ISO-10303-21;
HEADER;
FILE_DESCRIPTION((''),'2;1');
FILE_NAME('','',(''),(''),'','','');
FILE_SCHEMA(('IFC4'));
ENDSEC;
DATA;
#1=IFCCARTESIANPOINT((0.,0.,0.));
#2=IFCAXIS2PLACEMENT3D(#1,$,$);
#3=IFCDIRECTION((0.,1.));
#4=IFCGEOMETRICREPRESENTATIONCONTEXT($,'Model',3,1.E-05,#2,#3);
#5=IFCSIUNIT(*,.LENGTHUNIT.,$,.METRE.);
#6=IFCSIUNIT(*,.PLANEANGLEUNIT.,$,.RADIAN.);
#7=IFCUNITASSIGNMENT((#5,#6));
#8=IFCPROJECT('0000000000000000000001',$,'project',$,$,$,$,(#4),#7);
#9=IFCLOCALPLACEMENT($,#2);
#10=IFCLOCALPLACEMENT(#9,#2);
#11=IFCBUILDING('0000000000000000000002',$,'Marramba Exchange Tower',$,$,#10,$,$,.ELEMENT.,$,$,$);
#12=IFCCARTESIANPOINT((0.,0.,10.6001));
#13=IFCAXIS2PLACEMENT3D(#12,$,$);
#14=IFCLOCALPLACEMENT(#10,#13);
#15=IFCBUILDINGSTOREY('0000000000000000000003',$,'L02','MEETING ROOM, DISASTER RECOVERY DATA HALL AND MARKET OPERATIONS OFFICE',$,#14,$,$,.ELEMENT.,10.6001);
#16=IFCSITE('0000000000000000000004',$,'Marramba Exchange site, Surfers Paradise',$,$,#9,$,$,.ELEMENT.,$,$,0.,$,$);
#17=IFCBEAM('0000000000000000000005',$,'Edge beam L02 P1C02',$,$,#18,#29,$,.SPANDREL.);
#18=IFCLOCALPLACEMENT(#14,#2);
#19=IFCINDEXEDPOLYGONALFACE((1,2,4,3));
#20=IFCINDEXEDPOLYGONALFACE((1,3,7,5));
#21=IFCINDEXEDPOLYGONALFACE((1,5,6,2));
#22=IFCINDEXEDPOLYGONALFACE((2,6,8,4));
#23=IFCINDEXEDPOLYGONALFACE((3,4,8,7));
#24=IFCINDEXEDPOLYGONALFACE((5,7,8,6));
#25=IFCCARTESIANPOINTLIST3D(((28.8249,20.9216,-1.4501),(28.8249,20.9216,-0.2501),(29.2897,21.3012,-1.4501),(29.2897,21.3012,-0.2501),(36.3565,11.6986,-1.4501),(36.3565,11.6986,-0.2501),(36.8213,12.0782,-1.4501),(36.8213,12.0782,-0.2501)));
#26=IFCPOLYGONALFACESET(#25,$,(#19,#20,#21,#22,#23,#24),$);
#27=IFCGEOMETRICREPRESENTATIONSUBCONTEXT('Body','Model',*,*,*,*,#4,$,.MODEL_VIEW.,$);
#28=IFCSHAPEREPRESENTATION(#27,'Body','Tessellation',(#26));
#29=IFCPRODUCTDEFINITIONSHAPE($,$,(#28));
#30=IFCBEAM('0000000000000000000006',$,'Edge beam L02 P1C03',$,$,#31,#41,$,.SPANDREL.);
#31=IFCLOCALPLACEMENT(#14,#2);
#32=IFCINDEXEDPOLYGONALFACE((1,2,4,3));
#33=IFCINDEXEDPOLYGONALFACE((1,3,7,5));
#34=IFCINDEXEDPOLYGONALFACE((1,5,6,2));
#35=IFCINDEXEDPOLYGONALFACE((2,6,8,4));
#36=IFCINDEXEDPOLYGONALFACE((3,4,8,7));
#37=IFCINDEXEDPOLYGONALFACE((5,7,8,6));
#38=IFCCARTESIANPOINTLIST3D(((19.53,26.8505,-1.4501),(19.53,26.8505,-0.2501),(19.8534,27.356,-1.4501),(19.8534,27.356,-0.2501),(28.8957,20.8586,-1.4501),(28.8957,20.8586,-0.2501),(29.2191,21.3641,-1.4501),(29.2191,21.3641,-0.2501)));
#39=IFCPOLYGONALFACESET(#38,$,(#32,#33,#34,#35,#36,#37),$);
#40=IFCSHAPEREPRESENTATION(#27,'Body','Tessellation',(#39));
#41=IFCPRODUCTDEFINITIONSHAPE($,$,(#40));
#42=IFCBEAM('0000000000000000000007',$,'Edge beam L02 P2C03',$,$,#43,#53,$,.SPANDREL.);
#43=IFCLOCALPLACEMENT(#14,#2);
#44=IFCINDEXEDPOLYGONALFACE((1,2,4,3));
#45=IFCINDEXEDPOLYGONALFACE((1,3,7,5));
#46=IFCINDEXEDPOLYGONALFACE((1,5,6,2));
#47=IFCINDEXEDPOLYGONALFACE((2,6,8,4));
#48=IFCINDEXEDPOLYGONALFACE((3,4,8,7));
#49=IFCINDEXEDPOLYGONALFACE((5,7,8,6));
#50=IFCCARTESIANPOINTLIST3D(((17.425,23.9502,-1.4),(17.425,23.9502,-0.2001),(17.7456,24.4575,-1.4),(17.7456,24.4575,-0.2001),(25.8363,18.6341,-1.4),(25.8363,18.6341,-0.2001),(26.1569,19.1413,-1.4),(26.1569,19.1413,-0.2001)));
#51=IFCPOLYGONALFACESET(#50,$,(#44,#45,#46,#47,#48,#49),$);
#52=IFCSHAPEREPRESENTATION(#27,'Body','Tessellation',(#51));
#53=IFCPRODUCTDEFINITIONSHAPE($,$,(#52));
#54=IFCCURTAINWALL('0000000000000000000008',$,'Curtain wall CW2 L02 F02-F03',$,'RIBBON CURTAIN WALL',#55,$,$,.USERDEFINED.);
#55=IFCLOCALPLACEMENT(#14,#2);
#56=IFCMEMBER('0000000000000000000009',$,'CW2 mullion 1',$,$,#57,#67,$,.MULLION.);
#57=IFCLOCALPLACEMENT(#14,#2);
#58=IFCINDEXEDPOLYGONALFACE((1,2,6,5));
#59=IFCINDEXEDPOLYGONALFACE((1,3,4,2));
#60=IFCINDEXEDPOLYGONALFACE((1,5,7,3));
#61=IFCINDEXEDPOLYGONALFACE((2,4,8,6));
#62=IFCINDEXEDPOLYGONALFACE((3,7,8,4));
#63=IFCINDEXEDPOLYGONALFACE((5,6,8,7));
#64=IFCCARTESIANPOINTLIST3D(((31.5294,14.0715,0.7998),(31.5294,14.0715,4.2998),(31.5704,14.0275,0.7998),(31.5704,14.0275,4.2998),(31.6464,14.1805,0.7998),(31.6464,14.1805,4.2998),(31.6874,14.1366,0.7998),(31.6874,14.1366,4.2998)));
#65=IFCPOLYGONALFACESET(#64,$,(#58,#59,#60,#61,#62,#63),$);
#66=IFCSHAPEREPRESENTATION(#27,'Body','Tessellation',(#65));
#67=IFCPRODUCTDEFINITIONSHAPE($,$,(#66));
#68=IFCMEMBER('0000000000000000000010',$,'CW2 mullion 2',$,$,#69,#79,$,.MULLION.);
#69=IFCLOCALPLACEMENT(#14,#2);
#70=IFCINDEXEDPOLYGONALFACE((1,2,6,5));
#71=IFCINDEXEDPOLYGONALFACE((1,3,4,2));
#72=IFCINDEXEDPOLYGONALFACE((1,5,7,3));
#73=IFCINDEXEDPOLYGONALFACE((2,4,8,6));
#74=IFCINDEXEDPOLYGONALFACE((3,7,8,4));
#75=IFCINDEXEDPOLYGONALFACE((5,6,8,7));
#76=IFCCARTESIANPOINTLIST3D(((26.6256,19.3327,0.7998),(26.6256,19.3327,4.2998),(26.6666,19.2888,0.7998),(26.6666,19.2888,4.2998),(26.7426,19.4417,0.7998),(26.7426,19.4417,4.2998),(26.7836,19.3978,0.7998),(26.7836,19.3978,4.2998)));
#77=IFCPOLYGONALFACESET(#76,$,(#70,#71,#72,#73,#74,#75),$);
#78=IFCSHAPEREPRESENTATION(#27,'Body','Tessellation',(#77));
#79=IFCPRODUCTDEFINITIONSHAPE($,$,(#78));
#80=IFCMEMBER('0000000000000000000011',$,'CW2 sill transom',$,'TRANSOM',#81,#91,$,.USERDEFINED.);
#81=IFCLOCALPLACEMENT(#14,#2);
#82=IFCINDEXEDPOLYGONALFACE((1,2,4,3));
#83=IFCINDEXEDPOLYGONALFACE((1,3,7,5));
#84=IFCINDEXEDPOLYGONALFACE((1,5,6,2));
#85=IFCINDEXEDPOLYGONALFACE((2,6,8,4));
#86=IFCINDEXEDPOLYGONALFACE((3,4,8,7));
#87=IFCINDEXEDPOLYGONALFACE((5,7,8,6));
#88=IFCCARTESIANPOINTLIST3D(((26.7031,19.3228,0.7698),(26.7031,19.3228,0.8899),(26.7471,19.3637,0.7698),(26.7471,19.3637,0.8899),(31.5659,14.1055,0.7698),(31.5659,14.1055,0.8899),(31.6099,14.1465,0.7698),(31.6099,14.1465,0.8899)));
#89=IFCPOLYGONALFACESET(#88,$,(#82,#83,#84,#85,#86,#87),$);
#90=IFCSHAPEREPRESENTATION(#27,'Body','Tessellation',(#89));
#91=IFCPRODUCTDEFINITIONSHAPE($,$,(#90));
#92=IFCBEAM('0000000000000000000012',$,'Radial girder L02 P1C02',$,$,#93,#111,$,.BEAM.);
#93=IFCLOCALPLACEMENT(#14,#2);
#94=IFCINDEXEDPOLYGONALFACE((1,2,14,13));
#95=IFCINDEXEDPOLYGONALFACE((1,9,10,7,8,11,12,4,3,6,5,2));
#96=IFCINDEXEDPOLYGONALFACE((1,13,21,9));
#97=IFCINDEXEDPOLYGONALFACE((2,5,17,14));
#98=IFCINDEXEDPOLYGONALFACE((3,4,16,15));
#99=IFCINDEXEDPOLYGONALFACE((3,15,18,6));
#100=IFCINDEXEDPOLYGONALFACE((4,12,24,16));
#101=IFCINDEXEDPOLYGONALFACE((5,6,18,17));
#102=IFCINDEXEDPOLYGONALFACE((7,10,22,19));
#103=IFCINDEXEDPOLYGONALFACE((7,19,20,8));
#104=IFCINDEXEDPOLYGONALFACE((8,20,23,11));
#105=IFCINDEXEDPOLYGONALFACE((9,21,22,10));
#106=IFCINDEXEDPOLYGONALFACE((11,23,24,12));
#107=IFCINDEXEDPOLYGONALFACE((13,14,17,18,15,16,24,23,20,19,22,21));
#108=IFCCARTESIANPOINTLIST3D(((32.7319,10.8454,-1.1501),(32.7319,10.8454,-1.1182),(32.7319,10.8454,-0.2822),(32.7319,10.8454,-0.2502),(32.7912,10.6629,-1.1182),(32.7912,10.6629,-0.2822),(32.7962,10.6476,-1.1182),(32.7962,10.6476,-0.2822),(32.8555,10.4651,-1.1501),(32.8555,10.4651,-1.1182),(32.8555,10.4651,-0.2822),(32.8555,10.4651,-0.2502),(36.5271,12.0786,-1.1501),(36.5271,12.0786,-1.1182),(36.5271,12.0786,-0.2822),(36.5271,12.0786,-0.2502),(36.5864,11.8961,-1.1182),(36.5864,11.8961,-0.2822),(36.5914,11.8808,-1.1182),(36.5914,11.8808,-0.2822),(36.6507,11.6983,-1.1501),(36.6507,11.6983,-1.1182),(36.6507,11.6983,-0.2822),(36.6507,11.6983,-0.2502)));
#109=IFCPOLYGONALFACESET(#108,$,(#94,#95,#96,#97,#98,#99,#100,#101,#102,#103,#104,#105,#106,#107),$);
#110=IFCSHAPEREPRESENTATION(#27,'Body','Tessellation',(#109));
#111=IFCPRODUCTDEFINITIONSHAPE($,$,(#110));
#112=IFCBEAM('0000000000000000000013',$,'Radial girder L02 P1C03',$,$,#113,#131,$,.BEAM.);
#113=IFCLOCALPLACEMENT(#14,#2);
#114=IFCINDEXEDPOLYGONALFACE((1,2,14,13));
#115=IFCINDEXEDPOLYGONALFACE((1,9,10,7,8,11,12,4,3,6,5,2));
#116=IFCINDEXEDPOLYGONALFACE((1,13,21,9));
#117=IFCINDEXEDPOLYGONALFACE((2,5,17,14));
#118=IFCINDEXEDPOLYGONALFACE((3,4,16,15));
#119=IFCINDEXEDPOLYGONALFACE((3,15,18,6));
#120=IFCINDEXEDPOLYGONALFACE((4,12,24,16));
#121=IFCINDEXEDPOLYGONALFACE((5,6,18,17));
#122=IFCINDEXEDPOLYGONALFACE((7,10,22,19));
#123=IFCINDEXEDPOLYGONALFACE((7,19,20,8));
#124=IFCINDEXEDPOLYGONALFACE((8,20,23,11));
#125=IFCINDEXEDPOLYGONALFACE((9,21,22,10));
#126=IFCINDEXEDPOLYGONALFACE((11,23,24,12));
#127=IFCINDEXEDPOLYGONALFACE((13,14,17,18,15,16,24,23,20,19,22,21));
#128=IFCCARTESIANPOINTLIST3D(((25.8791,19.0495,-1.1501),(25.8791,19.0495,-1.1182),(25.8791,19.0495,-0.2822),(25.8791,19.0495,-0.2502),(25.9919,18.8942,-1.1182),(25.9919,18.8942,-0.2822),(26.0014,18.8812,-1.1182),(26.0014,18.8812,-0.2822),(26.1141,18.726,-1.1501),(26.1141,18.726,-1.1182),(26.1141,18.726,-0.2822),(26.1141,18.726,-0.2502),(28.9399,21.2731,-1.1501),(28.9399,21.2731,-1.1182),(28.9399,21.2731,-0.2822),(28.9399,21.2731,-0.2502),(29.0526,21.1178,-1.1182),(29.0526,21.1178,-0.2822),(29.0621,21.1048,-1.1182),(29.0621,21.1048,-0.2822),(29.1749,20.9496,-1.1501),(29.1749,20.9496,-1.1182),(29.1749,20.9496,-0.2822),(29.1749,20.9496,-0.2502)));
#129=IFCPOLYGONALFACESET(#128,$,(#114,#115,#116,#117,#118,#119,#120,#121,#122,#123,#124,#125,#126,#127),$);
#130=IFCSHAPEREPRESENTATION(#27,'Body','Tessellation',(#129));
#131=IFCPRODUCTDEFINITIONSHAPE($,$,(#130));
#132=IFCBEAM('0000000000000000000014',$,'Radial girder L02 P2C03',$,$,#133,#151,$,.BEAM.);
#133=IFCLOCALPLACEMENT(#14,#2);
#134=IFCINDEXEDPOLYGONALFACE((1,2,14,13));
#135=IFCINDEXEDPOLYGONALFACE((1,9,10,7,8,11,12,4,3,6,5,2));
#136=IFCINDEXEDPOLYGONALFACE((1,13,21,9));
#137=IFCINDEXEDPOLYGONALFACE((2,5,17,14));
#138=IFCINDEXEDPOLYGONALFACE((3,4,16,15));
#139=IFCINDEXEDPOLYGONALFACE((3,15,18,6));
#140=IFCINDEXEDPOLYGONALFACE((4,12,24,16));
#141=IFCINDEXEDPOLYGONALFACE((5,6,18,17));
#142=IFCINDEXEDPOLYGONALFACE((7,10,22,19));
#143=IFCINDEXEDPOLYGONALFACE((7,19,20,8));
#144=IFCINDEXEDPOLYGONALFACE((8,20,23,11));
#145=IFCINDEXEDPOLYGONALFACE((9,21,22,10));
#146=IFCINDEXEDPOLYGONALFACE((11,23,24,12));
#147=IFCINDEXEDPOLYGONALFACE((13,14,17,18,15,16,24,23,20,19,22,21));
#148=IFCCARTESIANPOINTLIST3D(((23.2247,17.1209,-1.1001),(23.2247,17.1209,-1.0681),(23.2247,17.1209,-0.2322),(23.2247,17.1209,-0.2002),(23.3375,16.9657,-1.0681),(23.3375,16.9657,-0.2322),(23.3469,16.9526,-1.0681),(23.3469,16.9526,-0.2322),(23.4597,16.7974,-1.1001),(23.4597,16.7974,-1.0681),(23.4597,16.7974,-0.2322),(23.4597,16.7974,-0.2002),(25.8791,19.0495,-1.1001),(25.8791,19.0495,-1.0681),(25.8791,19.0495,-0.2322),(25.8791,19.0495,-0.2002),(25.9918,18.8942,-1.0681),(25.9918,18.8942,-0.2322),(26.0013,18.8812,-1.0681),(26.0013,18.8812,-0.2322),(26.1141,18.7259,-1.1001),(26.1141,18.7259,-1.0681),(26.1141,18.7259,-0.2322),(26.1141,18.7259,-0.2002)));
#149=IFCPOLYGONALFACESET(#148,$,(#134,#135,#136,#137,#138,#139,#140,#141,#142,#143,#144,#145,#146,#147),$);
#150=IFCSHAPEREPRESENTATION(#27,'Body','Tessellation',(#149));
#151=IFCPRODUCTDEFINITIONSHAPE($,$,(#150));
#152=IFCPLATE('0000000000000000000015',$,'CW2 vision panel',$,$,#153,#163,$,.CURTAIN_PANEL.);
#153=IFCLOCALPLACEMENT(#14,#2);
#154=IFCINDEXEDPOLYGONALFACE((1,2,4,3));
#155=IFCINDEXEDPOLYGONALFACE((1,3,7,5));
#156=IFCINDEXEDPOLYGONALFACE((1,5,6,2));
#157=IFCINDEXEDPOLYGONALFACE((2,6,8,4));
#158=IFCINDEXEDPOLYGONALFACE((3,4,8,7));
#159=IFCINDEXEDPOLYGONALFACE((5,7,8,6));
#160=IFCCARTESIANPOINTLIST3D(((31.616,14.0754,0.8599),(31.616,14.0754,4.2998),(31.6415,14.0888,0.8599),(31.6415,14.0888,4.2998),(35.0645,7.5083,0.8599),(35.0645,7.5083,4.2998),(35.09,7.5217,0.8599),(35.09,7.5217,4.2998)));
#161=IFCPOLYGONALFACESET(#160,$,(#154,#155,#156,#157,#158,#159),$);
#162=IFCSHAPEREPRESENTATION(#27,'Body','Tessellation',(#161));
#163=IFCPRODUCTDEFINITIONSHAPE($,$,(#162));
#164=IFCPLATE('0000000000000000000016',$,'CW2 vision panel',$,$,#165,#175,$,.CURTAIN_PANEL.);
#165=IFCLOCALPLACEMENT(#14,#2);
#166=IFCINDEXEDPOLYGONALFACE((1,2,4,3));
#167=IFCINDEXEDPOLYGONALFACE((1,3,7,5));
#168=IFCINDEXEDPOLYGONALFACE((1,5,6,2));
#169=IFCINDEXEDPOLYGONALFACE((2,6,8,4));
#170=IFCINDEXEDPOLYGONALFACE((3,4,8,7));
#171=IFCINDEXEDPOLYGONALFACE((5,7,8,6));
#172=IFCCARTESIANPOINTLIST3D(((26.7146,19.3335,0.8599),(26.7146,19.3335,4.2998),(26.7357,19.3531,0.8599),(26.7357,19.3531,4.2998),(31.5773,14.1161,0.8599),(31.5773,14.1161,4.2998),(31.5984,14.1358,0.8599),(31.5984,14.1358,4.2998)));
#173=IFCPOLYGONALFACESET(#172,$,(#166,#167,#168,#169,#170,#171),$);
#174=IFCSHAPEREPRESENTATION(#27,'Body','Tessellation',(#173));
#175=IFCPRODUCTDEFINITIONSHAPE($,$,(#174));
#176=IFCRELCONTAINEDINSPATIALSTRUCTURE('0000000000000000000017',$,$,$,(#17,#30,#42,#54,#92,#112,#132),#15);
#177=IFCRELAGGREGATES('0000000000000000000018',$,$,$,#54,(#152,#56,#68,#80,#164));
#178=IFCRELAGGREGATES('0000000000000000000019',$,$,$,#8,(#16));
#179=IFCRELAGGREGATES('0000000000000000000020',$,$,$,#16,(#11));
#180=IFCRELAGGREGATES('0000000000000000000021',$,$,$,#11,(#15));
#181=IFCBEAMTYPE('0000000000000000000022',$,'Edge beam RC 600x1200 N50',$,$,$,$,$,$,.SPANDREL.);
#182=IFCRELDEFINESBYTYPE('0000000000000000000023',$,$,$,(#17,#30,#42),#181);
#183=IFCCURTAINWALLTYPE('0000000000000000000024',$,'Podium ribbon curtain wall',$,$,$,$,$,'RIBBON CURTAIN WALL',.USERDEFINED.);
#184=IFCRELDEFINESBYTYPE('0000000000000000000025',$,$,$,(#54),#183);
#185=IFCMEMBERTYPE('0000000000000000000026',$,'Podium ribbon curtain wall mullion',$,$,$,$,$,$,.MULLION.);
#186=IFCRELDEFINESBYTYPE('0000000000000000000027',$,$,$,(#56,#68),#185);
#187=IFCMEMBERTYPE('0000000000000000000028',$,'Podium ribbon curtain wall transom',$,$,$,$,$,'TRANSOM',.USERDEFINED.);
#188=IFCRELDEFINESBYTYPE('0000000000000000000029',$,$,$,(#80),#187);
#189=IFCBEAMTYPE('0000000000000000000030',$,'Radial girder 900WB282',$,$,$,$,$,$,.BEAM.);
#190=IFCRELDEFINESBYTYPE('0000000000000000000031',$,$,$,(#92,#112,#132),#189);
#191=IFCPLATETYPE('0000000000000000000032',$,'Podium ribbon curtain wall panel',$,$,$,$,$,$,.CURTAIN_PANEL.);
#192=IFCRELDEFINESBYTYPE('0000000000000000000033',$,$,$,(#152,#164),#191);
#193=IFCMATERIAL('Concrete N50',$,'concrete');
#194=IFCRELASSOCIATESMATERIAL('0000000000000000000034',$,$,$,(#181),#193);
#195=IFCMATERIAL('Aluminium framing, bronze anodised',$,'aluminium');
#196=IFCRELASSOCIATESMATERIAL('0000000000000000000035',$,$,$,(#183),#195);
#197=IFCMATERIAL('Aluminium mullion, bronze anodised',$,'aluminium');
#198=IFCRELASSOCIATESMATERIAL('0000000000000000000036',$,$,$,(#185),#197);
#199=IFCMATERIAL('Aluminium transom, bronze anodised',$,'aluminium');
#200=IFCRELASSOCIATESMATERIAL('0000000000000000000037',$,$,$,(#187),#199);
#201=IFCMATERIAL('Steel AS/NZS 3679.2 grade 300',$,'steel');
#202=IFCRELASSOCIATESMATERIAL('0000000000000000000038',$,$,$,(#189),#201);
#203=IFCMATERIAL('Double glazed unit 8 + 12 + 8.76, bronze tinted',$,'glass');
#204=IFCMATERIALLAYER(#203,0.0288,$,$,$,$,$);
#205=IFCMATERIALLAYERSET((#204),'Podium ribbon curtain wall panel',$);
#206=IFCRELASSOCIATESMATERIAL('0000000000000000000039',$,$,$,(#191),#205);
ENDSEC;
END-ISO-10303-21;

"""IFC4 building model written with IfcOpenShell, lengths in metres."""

from ifc_helpers import new_model, si_unit, direction, frame, origin, origin_2d, place, context, subcontext, project, spatial, rectangle, i_section, extrude, material, layer, layer_set, material_profile, profile_set, type_object, element, aggregate, save


model = new_model("IFC4")

# Units and contexts
model_context = context("Model", 3, precision=1e-05, world=origin(), true_north=direction((0.0, 1.0)))
body_context = subcontext(model_context, "Body", "Model", "MODEL_VIEW")
ifc_project = project(units=[si_unit("LENGTHUNIT", "METRE"), si_unit("PLANEANGLEUNIT", "RADIAN")], contexts=[model_context])

# Site, building, storey
site_placement = place(None, origin())
site = spatial("IfcSite", under=ifc_project, at=site_placement, Name="Marramba Exchange site, Surfers Paradise", CompositionType="ELEMENT", RefElevation=0.0)
building_placement = place(site_placement, origin())
building = spatial("IfcBuilding", under=site, at=building_placement, Name="Marramba Exchange Tower", CompositionType="ELEMENT")
storey_placement = place(building_placement, frame((0.0, 0.0, 10.6001)))
storey = spatial("IfcBuildingStorey", under=building, at=storey_placement, Name="L02", Description="MEETING ROOM, DISASTER RECOVERY DATA HALL AND MARKET OPERATIONS OFFICE", CompositionType="ELEMENT", Elevation=10.6001)

# Beams
ifc_material_1 = material(Name="Concrete N50", Category="concrete")
ifc_material_profile_1 = material_profile(ifc_material_1, rectangle(XDim=0.6001, YDim=1.2, at=origin_2d()), Name="RC 600x1200")
ifc_profile_set_1 = profile_set([ifc_material_profile_1], Name="Concrete N50")
beam_type_1 = type_object("IfcBeamType", Name="Edge beam RC 600x1200 N50", PredefinedType="SPANDREL", material=ifc_profile_set_1)
beam_1_placement = place(storey_placement, frame((36.5889, 11.8884, -0.8501), z_axis=(-0.632507, 0.774554, 0.0), x_axis=(-0.774554, -0.632507, 0.0)))
element("IfcBeam", 1, at=beam_1_placement, inside=storey, type_object=beam_type_1, Name="Edge beam L02 P1C02", PredefinedType="SPANDREL", context=body_context, shape_type="SweptSolid", body=[
    extrude(rectangle(XDim=0.6001, YDim=1.2, at=origin_2d()), origin(), (0.0, 0.0, 1.0), 11.9075),
])
beam_2_placement = place(storey_placement, frame((29.0574, 21.1113, -0.8501), z_axis=(-0.842358, 0.538918, 0.0), x_axis=(-0.538918, -0.842358, 0.0)))
element("IfcBeam", 2, at=beam_2_placement, inside=storey, type_object=beam_type_1, Name="Edge beam L02 P1C03", PredefinedType="SPANDREL", context=body_context, shape_type="SweptSolid", body=[
    extrude(rectangle(XDim=0.6001, YDim=1.2, at=origin_2d()), origin(), (0.0, 0.0, 1.0), 11.1184),
])
beam_3_placement = place(storey_placement, frame((25.9966, 18.8877, -0.8), z_axis=(-0.84532, 0.53426, 0.0), x_axis=(-0.53426, -0.84532, 0.0)))
element("IfcBeam", 3, at=beam_3_placement, inside=storey, type_object=beam_type_1, Name="Edge beam L02 P2C03", PredefinedType="SPANDREL", context=body_context, shape_type="SweptSolid", body=[
    extrude(rectangle(XDim=0.6001, YDim=1.2, at=origin_2d()), origin(), (0.0, 0.0, 1.0), 9.9504),
])

# Curtain wall, members
ifc_material_2 = material(Name="Aluminium framing, bronze anodised", Category="aluminium")
curtain_wall_type = type_object("IfcCurtainWallType", Name="Podium ribbon curtain wall", ElementType="RIBBON CURTAIN WALL", PredefinedType="USERDEFINED", material=ifc_material_2)
curtain_wall_placement = place(storey_placement, origin())
curtain_wall = element("IfcCurtainWall", 4, at=curtain_wall_placement, inside=storey, type_object=curtain_wall_type, Name="Curtain wall CW2 L02 F02-F03", ObjectType="RIBBON CURTAIN WALL", PredefinedType="USERDEFINED")
ifc_material_3 = material(Name="Aluminium mullion, bronze anodised", Category="aluminium")
ifc_material_profile_2 = material_profile(ifc_material_3, rectangle(XDim=0.1599, YDim=0.0601, at=origin_2d()), Name="CW2 mullion 60x160")
ifc_profile_set_2 = profile_set([ifc_material_profile_2], Name="Aluminium mullion, bronze anodised")
member_type_1 = type_object("IfcMemberType", Name="Podium ribbon curtain wall mullion", PredefinedType="MULLION", material=ifc_profile_set_2)
member_1_placement = place(storey_placement, frame((31.6084, 14.104, 0.7998), z_axis=(0.0, 0.0, 1.0), x_axis=(-0.73153, -0.681809, 0.0)))
member_1 = element("IfcMember", 5, at=member_1_placement, type_object=member_type_1, Name="CW2 mullion 1", PredefinedType="MULLION", context=body_context, shape_type="SweptSolid", body=[
    extrude(rectangle(XDim=0.1599, YDim=0.0601, at=origin_2d()), origin(), (0.0, 0.0, 1.0), 3.5),
])
member_2_placement = place(storey_placement, frame((26.7046, 19.3652, 0.7998), z_axis=(0.0, 0.0, 1.0), x_axis=(-0.73153, -0.681809, 0.0)))
member_2 = element("IfcMember", 6, at=member_2_placement, type_object=member_type_1, Name="CW2 mullion 2", PredefinedType="MULLION", context=body_context, shape_type="SweptSolid", body=[
    extrude(rectangle(XDim=0.1599, YDim=0.0601, at=origin_2d()), origin(), (0.0, 0.0, 1.0), 3.5),
])
ifc_material_4 = material(Name="Aluminium transom, bronze anodised", Category="aluminium")
ifc_material_profile_3 = material_profile(ifc_material_4, rectangle(XDim=0.0601, YDim=0.1201, at=origin_2d()), Name="CW2 transom 60x120")
ifc_profile_set_3 = profile_set([ifc_material_profile_3], Name="Aluminium transom, bronze anodised")
member_type_2 = type_object("IfcMemberType", Name="Podium ribbon curtain wall transom", ElementType="TRANSOM", PredefinedType="USERDEFINED", material=ifc_profile_set_3)
member_3_placement = place(storey_placement, frame((31.5879, 14.126, 0.8298), z_axis=(-0.681818, 0.731522, 0.0), x_axis=(-0.731522, -0.681818, 0.0)))
member_3 = element("IfcMember", 7, at=member_3_placement, type_object=member_type_2, Name="CW2 sill transom", ObjectType="TRANSOM", PredefinedType="USERDEFINED", context=body_context, shape_type="SweptSolid", body=[
    extrude(rectangle(XDim=0.0601, YDim=0.1201, at=origin_2d()), origin(), (0.0, 0.0, 1.0), 7.1321),
])

# Beams
ifc_material_5 = material(Name="Steel AS/NZS 3679.2 grade 300", Category="steel")
ifc_material_profile_4 = material_profile(ifc_material_5, i_section(OverallWidth=0.3999, OverallDepth=0.8999, WebThickness=0.0161, FlangeThickness=0.032, at=origin_2d()), Name="900WB282")
ifc_profile_set_4 = profile_set([ifc_material_profile_4], Name="Steel AS/NZS 3679.2 grade 300")
beam_type_2 = type_object("IfcBeamType", Name="Radial girder 900WB282", PredefinedType="BEAM", material=ifc_profile_set_4)
beam_4_placement = place(storey_placement, frame((36.5889, 11.8884, -0.7002), z_axis=(-0.951054, -0.309024, 0.0), x_axis=(0.309024, -0.951054, 0.0)))
element("IfcBeam", 8, at=beam_4_placement, inside=storey, type_object=beam_type_2, Name="Radial girder L02 P1C02", PredefinedType="BEAM", context=body_context, shape_type="SweptSolid", body=[
    extrude(i_section(OverallWidth=0.3999, OverallDepth=0.8999, WebThickness=0.0161, FlangeThickness=0.032, at=origin_2d()), origin(), (0.0, 0.0, 1.0), 3.9905),
])
beam_5_placement = place(storey_placement, frame((29.0574, 21.1113, -0.7002), z_axis=(-0.809037, -0.587757, 0.0), x_axis=(0.587757, -0.809037, 0.0)))
element("IfcBeam", 9, at=beam_5_placement, inside=storey, type_object=beam_type_2, Name="Radial girder L02 P1C03", PredefinedType="BEAM", context=body_context, shape_type="SweptSolid", body=[
    extrude(i_section(OverallWidth=0.3999, OverallDepth=0.8999, WebThickness=0.0161, FlangeThickness=0.032, at=origin_2d()), origin(), (0.0, 0.0, 1.0), 3.7832),
])
beam_6_placement = place(storey_placement, frame((25.9966, 18.8877, -0.6501), z_axis=(-0.809016, -0.587787, 0.0), x_axis=(0.587787, -0.809016, 0.0)))
element("IfcBeam", 10, at=beam_6_placement, inside=storey, type_object=beam_type_2, Name="Radial girder L02 P2C03", PredefinedType="BEAM", context=body_context, shape_type="SweptSolid", body=[
    extrude(i_section(OverallWidth=0.3999, OverallDepth=0.8999, WebThickness=0.0161, FlangeThickness=0.032, at=origin_2d()), origin(), (0.0, 0.0, 1.0), 3.281),
])

# Plates
ifc_material_6 = material(Name="Double glazed unit 8 + 12 + 8.76, bronze tinted", Category="glass")
ifc_layer_1 = layer(ifc_material_6, 0.0288)
ifc_layer_set_1 = layer_set([ifc_layer_1], Name="Podium ribbon curtain wall panel")
plate_type = type_object("IfcPlateType", Name="Podium ribbon curtain wall panel", PredefinedType="CURTAIN_PANEL", material=ifc_layer_set_1)
plate_1_placement = place(storey_placement, frame((33.353, 10.7986, 0.8599), z_axis=(0.0, 0.0, 1.0), x_axis=(-0.464919, 0.885353, 0.0)))
plate_1 = element("IfcPlate", 11, at=plate_1_placement, type_object=plate_type, Name="CW2 vision panel", PredefinedType="CURTAIN_PANEL", context=body_context, shape_type="SweptSolid", body=[
    extrude(rectangle(XDim=7.4175, YDim=0.0288, at=origin_2d()), origin(), (0.0, 0.0, 1.0), 3.4399),
])
plate_2_placement = place(storey_placement, frame((29.1565, 16.7346, 0.8599), z_axis=(0.0, 0.0, 1.0), x_axis=(-0.681809, 0.73153, 0.0)))
plate_2 = element("IfcPlate", 12, at=plate_2_placement, type_object=plate_type, Name="CW2 vision panel", PredefinedType="CURTAIN_PANEL", context=body_context, shape_type="SweptSolid", body=[
    extrude(rectangle(XDim=7.1321, YDim=0.0288, at=origin_2d()), origin(), (0.0, 0.0, 1.0), 3.4399),
])
aggregate(curtain_wall, [plate_1, member_1, member_2, member_3, plate_2])

save(model, "model.ifc")
